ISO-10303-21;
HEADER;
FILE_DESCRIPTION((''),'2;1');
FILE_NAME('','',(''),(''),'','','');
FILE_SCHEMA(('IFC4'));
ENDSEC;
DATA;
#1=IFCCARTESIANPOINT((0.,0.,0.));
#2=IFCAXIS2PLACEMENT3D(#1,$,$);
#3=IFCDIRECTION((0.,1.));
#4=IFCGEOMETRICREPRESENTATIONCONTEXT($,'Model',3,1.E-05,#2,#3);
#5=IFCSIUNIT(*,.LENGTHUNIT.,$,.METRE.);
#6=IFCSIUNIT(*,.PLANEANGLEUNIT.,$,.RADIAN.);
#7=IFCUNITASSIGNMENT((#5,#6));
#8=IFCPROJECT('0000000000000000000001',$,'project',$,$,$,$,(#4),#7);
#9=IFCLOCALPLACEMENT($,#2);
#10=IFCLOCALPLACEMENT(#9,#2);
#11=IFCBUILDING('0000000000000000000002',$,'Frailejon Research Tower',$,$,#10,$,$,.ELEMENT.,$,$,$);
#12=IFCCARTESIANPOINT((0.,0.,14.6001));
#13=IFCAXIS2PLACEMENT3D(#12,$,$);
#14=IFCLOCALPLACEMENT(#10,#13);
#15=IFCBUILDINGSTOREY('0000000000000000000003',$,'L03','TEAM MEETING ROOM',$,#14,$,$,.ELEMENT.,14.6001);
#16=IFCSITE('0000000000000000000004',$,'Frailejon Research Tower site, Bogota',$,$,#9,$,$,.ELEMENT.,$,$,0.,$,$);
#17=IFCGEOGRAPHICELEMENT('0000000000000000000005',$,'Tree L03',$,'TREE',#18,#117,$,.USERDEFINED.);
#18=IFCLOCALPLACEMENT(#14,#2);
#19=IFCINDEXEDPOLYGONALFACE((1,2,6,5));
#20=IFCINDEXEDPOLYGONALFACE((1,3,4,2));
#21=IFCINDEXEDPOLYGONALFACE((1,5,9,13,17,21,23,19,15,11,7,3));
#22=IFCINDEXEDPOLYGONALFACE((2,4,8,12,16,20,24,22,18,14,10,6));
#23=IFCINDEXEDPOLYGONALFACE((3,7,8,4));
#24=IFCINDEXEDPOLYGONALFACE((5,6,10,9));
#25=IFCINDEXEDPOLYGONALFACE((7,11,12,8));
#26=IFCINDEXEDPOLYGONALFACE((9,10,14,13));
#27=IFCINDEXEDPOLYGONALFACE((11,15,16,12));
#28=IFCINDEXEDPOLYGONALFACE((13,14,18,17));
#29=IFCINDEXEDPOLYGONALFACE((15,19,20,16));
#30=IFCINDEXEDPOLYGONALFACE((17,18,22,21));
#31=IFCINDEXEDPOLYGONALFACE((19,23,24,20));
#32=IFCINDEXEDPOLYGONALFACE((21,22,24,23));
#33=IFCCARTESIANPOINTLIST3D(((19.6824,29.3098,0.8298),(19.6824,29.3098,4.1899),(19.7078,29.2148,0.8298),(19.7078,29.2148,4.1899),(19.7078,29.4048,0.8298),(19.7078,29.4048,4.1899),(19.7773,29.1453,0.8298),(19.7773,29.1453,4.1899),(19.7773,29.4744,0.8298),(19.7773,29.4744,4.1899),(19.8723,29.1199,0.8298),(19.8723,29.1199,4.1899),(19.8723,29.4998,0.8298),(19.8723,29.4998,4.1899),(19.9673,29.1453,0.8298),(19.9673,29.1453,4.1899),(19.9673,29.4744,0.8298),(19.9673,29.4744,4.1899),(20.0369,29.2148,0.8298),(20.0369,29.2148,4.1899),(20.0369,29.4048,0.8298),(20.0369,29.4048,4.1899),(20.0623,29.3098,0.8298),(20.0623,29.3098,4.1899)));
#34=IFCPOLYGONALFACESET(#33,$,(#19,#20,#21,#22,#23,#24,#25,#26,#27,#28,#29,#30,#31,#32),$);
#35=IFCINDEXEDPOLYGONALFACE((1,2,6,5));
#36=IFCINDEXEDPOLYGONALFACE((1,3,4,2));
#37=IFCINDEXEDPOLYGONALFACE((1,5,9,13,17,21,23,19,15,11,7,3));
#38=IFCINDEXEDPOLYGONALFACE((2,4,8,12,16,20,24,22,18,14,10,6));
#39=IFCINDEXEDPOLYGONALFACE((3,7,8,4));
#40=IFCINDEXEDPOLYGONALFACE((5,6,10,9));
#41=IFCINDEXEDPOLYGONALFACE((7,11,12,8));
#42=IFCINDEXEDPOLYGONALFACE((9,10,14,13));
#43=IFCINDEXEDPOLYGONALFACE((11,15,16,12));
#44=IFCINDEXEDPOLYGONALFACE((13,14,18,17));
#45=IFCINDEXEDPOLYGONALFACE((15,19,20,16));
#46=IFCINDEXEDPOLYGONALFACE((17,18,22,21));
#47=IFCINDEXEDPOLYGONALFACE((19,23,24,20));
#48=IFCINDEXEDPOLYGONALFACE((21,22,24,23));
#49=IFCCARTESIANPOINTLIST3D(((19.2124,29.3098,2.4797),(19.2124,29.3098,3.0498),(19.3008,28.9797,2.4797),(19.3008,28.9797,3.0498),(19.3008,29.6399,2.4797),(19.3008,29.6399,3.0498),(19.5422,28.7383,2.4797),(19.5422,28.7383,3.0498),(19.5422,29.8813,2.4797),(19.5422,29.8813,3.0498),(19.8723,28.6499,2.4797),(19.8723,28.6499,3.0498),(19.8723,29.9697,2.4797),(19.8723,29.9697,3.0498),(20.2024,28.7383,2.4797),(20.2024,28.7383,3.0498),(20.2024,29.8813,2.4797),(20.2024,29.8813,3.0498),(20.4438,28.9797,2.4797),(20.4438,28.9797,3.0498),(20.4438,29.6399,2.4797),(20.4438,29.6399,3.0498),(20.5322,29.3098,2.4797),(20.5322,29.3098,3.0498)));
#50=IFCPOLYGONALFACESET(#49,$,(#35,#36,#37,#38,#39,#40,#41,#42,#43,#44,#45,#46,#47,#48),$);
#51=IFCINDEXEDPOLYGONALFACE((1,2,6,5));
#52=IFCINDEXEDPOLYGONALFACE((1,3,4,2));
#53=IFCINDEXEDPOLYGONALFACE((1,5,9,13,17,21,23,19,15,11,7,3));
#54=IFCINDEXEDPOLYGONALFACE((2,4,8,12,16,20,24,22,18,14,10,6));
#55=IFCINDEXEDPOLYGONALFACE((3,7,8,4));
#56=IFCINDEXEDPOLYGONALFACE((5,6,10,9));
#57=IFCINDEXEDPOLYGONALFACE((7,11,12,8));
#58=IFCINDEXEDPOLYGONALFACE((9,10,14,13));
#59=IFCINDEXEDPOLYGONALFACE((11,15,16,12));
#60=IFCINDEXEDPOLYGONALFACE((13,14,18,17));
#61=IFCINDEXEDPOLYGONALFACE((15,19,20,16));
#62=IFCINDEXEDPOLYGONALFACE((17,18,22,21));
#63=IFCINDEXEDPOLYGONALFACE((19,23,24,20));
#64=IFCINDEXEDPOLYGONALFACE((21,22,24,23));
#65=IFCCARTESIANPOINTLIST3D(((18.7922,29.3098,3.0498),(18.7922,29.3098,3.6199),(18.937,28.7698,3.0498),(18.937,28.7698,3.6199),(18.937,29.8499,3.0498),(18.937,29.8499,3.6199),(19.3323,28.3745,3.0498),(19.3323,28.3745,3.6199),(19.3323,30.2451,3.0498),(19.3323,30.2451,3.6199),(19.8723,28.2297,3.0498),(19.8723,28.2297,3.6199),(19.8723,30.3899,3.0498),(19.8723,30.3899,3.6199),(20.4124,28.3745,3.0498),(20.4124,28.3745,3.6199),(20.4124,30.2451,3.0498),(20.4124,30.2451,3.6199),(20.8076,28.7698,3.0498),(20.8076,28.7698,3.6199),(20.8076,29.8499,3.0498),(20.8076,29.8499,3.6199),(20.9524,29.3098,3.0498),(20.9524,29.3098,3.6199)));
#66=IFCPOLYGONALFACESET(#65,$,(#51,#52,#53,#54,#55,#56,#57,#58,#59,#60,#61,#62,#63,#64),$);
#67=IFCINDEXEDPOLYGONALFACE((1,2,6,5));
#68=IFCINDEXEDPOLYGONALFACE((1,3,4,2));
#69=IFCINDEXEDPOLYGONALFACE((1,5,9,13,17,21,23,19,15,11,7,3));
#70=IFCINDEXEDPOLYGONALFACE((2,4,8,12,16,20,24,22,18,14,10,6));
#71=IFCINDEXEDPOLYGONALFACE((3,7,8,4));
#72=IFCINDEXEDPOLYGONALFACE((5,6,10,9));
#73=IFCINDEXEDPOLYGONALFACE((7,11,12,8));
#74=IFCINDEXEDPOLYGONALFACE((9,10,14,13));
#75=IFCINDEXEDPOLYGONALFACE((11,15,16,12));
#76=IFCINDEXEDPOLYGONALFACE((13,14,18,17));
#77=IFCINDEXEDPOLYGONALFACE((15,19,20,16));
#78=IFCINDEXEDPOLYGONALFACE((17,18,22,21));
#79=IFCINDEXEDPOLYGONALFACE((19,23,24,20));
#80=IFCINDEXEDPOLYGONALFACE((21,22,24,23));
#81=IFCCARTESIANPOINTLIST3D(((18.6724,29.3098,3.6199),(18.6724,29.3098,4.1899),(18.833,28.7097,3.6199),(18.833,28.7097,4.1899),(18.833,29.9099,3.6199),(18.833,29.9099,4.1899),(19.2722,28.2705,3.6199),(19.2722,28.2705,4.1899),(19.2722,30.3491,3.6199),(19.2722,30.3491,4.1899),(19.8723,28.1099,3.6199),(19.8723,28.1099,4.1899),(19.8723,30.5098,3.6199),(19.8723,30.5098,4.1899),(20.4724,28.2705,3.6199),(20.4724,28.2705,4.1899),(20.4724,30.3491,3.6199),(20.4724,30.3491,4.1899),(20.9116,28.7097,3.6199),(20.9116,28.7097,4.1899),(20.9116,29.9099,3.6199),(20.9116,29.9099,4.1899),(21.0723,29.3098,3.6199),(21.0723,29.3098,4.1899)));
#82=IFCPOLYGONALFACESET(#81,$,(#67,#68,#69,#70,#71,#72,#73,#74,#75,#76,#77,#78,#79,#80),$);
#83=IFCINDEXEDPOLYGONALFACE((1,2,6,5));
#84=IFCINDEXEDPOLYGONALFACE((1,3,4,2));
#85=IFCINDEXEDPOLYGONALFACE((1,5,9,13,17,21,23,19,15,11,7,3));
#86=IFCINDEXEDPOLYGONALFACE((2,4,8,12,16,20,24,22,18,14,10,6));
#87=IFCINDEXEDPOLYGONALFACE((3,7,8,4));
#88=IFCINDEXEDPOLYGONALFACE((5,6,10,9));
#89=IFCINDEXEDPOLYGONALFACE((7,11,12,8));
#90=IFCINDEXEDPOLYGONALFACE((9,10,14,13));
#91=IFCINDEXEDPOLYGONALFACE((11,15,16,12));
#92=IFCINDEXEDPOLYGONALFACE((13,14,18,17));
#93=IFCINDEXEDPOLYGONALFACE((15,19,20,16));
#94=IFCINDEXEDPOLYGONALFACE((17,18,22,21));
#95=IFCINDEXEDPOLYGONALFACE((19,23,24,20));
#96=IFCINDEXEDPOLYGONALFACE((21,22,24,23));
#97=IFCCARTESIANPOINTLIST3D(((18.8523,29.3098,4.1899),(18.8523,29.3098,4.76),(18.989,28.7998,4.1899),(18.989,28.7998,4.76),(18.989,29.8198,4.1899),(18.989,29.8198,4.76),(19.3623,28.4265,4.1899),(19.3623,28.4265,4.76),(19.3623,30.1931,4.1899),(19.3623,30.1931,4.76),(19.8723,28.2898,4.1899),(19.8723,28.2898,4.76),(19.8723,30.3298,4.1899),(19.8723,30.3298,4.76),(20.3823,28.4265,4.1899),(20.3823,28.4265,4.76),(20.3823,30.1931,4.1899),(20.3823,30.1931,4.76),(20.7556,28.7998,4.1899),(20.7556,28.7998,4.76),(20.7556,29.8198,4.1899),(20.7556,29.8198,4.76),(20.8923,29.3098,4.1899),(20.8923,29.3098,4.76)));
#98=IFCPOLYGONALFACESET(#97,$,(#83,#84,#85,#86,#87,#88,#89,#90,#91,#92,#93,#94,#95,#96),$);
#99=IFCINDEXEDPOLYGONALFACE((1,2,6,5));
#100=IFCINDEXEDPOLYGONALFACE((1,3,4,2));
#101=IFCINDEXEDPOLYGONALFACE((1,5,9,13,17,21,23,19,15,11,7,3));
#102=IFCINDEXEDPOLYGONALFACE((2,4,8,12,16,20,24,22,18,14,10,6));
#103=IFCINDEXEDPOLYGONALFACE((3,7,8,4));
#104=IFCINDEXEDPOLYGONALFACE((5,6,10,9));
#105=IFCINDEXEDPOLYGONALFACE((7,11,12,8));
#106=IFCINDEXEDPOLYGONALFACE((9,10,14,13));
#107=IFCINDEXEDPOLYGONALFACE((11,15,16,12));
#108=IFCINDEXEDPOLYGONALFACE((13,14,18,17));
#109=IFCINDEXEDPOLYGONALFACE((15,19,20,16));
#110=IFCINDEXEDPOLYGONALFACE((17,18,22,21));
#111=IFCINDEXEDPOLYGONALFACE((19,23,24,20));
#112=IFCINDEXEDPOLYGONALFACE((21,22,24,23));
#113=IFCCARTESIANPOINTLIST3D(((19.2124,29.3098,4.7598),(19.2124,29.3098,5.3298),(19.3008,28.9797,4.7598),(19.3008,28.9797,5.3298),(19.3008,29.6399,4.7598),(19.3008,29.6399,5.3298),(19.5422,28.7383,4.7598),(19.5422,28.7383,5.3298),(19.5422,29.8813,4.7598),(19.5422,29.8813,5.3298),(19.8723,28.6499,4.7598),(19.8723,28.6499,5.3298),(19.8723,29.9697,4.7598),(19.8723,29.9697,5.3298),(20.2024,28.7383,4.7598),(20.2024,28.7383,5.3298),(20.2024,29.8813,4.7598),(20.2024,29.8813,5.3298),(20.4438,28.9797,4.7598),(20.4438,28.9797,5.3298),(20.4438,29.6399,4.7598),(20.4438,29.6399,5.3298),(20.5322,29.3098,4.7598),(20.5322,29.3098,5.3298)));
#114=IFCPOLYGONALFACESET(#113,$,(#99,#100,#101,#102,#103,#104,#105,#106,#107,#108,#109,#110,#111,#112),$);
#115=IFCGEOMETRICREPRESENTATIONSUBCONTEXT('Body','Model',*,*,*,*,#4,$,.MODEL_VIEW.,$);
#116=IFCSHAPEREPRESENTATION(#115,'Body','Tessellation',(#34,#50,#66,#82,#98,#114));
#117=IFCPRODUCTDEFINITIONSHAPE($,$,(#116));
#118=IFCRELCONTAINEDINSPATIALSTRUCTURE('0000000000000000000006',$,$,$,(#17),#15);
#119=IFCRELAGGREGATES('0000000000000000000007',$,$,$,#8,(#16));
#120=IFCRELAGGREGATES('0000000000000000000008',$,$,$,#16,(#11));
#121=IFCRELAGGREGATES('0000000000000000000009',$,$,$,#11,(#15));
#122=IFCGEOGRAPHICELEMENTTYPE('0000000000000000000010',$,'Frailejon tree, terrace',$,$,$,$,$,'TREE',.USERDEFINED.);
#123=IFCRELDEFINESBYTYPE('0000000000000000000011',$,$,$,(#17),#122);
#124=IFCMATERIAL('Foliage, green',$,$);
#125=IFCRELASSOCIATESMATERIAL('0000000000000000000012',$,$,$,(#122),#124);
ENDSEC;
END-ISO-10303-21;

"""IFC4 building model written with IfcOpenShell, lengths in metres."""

from ifc_helpers import new_model, si_unit, direction, frame, origin, place, context, subcontext, project, spatial, polyline, outline, extrude, material, type_object, element, save


model = new_model("IFC4")

# Units and contexts
model_context = context("Model", 3, precision=1e-05, world=origin(), true_north=direction((0.0, 1.0)))
body_context = subcontext(model_context, "Body", "Model", "MODEL_VIEW")
ifc_project = project(units=[si_unit("LENGTHUNIT", "METRE"), si_unit("PLANEANGLEUNIT", "RADIAN")], contexts=[model_context])

# Site, building, storey
site_placement = place(None, origin())
site = spatial("IfcSite", under=ifc_project, at=site_placement, Name="Frailejon Research Tower site, Bogota", CompositionType="ELEMENT", RefElevation=0.0)
building_placement = place(site_placement, origin())
building = spatial("IfcBuilding", under=site, at=building_placement, Name="Frailejon Research Tower", CompositionType="ELEMENT")
storey_placement = place(building_placement, frame((0.0, 0.0, 14.6001)))
storey = spatial("IfcBuildingStorey", under=building, at=storey_placement, Name="L03", Description="TEAM MEETING ROOM", CompositionType="ELEMENT", Elevation=14.6001)

# Geographic element
ifc_material_1 = material(Name="Foliage, green")
geographic_element_type = type_object("IfcGeographicElementType", Name="Frailejon tree, terrace", ElementType="TREE", PredefinedType="USERDEFINED", material=ifc_material_1)
geographic_element_placement = place(storey_placement, frame((19.8723, 29.3098, 0.8298)))
element("IfcGeographicElement", 1, at=geographic_element_placement, inside=storey, type_object=geographic_element_type, Name="Tree L03", ObjectType="TREE", PredefinedType="USERDEFINED", context=body_context, shape_type="SweptSolid", body=[
    extrude(outline(polyline([(0.1899, 0.0), (0.1646, 0.095), (0.095, 0.1646), (0.0, 0.1899), (-0.095, 0.1646), (-0.1646, 0.095), (-0.1899, 0.0), (-0.1646, -0.095), (-0.095, -0.1646), (0.0, -0.1899), (0.095, -0.1646), (0.1646, -0.095), (0.1899, 0.0)])), origin(), (0.0, 0.0, 1.0), 3.3601),
    extrude(outline(polyline([(0.6599, 0.0), (0.5715, 0.3301), (0.3301, 0.5715), (0.0, 0.6599), (-0.3301, 0.5715), (-0.5715, 0.3301), (-0.6599, 0.0), (-0.5715, -0.3301), (-0.3301, -0.5715), (0.0, -0.6599), (0.3301, -0.5715), (0.5715, -0.3301), (0.6599, 0.0)])), frame((0.0, 0.0, 1.6499)), (0.0, 0.0, 1.0), 0.5701),
    extrude(outline(polyline([(1.0801, 0.0), (0.9353, 0.54), (0.54, 0.9353), (0.0, 1.0801), (-0.54, 0.9353), (-0.9353, 0.54), (-1.0801, 0.0), (-0.9353, -0.54), (-0.54, -0.9353), (0.0, -1.0801), (0.54, -0.9353), (0.9353, -0.54), (1.0801, 0.0)])), frame((0.0, 0.0, 2.22)), (0.0, 0.0, 1.0), 0.5701),
    extrude(outline(polyline([(1.2, 0.0), (1.0393, 0.6001), (0.6001, 1.0393), (0.0, 1.2), (-0.6001, 1.0393), (-1.0393, 0.6001), (-1.2, 0.0), (-1.0393, -0.6001), (-0.6001, -1.0393), (0.0, -1.2), (0.6001, -1.0393), (1.0393, -0.6001), (1.2, 0.0)])), frame((0.0, 0.0, 2.79)), (0.0, 0.0, 1.0), 0.5701),
    extrude(outline(polyline([(1.02, 0.0), (0.8833, 0.51), (0.51, 0.8833), (0.0, 1.02), (-0.51, 0.8833), (-0.8833, 0.51), (-1.02, 0.0), (-0.8833, -0.51), (-0.51, -0.8833), (0.0, -1.02), (0.51, -0.8833), (0.8833, -0.51), (1.02, 0.0)])), frame((0.0, 0.0, 3.3601)), (0.0, 0.0, 1.0), 0.5701),
    extrude(outline(polyline([(0.6599, 0.0), (0.5715, 0.3301), (0.3301, 0.5715), (0.0, 0.6599), (-0.3301, 0.5715), (-0.5715, 0.3301), (-0.6599, 0.0), (-0.5715, -0.3301), (-0.3301, -0.5715), (0.0, -0.6599), (0.3301, -0.5715), (0.5715, -0.3301), (0.6599, 0.0)])), frame((0.0, 0.0, 3.9299)), (0.0, 0.0, 1.0), 0.5701),
])

save(model, "model.ifc")
